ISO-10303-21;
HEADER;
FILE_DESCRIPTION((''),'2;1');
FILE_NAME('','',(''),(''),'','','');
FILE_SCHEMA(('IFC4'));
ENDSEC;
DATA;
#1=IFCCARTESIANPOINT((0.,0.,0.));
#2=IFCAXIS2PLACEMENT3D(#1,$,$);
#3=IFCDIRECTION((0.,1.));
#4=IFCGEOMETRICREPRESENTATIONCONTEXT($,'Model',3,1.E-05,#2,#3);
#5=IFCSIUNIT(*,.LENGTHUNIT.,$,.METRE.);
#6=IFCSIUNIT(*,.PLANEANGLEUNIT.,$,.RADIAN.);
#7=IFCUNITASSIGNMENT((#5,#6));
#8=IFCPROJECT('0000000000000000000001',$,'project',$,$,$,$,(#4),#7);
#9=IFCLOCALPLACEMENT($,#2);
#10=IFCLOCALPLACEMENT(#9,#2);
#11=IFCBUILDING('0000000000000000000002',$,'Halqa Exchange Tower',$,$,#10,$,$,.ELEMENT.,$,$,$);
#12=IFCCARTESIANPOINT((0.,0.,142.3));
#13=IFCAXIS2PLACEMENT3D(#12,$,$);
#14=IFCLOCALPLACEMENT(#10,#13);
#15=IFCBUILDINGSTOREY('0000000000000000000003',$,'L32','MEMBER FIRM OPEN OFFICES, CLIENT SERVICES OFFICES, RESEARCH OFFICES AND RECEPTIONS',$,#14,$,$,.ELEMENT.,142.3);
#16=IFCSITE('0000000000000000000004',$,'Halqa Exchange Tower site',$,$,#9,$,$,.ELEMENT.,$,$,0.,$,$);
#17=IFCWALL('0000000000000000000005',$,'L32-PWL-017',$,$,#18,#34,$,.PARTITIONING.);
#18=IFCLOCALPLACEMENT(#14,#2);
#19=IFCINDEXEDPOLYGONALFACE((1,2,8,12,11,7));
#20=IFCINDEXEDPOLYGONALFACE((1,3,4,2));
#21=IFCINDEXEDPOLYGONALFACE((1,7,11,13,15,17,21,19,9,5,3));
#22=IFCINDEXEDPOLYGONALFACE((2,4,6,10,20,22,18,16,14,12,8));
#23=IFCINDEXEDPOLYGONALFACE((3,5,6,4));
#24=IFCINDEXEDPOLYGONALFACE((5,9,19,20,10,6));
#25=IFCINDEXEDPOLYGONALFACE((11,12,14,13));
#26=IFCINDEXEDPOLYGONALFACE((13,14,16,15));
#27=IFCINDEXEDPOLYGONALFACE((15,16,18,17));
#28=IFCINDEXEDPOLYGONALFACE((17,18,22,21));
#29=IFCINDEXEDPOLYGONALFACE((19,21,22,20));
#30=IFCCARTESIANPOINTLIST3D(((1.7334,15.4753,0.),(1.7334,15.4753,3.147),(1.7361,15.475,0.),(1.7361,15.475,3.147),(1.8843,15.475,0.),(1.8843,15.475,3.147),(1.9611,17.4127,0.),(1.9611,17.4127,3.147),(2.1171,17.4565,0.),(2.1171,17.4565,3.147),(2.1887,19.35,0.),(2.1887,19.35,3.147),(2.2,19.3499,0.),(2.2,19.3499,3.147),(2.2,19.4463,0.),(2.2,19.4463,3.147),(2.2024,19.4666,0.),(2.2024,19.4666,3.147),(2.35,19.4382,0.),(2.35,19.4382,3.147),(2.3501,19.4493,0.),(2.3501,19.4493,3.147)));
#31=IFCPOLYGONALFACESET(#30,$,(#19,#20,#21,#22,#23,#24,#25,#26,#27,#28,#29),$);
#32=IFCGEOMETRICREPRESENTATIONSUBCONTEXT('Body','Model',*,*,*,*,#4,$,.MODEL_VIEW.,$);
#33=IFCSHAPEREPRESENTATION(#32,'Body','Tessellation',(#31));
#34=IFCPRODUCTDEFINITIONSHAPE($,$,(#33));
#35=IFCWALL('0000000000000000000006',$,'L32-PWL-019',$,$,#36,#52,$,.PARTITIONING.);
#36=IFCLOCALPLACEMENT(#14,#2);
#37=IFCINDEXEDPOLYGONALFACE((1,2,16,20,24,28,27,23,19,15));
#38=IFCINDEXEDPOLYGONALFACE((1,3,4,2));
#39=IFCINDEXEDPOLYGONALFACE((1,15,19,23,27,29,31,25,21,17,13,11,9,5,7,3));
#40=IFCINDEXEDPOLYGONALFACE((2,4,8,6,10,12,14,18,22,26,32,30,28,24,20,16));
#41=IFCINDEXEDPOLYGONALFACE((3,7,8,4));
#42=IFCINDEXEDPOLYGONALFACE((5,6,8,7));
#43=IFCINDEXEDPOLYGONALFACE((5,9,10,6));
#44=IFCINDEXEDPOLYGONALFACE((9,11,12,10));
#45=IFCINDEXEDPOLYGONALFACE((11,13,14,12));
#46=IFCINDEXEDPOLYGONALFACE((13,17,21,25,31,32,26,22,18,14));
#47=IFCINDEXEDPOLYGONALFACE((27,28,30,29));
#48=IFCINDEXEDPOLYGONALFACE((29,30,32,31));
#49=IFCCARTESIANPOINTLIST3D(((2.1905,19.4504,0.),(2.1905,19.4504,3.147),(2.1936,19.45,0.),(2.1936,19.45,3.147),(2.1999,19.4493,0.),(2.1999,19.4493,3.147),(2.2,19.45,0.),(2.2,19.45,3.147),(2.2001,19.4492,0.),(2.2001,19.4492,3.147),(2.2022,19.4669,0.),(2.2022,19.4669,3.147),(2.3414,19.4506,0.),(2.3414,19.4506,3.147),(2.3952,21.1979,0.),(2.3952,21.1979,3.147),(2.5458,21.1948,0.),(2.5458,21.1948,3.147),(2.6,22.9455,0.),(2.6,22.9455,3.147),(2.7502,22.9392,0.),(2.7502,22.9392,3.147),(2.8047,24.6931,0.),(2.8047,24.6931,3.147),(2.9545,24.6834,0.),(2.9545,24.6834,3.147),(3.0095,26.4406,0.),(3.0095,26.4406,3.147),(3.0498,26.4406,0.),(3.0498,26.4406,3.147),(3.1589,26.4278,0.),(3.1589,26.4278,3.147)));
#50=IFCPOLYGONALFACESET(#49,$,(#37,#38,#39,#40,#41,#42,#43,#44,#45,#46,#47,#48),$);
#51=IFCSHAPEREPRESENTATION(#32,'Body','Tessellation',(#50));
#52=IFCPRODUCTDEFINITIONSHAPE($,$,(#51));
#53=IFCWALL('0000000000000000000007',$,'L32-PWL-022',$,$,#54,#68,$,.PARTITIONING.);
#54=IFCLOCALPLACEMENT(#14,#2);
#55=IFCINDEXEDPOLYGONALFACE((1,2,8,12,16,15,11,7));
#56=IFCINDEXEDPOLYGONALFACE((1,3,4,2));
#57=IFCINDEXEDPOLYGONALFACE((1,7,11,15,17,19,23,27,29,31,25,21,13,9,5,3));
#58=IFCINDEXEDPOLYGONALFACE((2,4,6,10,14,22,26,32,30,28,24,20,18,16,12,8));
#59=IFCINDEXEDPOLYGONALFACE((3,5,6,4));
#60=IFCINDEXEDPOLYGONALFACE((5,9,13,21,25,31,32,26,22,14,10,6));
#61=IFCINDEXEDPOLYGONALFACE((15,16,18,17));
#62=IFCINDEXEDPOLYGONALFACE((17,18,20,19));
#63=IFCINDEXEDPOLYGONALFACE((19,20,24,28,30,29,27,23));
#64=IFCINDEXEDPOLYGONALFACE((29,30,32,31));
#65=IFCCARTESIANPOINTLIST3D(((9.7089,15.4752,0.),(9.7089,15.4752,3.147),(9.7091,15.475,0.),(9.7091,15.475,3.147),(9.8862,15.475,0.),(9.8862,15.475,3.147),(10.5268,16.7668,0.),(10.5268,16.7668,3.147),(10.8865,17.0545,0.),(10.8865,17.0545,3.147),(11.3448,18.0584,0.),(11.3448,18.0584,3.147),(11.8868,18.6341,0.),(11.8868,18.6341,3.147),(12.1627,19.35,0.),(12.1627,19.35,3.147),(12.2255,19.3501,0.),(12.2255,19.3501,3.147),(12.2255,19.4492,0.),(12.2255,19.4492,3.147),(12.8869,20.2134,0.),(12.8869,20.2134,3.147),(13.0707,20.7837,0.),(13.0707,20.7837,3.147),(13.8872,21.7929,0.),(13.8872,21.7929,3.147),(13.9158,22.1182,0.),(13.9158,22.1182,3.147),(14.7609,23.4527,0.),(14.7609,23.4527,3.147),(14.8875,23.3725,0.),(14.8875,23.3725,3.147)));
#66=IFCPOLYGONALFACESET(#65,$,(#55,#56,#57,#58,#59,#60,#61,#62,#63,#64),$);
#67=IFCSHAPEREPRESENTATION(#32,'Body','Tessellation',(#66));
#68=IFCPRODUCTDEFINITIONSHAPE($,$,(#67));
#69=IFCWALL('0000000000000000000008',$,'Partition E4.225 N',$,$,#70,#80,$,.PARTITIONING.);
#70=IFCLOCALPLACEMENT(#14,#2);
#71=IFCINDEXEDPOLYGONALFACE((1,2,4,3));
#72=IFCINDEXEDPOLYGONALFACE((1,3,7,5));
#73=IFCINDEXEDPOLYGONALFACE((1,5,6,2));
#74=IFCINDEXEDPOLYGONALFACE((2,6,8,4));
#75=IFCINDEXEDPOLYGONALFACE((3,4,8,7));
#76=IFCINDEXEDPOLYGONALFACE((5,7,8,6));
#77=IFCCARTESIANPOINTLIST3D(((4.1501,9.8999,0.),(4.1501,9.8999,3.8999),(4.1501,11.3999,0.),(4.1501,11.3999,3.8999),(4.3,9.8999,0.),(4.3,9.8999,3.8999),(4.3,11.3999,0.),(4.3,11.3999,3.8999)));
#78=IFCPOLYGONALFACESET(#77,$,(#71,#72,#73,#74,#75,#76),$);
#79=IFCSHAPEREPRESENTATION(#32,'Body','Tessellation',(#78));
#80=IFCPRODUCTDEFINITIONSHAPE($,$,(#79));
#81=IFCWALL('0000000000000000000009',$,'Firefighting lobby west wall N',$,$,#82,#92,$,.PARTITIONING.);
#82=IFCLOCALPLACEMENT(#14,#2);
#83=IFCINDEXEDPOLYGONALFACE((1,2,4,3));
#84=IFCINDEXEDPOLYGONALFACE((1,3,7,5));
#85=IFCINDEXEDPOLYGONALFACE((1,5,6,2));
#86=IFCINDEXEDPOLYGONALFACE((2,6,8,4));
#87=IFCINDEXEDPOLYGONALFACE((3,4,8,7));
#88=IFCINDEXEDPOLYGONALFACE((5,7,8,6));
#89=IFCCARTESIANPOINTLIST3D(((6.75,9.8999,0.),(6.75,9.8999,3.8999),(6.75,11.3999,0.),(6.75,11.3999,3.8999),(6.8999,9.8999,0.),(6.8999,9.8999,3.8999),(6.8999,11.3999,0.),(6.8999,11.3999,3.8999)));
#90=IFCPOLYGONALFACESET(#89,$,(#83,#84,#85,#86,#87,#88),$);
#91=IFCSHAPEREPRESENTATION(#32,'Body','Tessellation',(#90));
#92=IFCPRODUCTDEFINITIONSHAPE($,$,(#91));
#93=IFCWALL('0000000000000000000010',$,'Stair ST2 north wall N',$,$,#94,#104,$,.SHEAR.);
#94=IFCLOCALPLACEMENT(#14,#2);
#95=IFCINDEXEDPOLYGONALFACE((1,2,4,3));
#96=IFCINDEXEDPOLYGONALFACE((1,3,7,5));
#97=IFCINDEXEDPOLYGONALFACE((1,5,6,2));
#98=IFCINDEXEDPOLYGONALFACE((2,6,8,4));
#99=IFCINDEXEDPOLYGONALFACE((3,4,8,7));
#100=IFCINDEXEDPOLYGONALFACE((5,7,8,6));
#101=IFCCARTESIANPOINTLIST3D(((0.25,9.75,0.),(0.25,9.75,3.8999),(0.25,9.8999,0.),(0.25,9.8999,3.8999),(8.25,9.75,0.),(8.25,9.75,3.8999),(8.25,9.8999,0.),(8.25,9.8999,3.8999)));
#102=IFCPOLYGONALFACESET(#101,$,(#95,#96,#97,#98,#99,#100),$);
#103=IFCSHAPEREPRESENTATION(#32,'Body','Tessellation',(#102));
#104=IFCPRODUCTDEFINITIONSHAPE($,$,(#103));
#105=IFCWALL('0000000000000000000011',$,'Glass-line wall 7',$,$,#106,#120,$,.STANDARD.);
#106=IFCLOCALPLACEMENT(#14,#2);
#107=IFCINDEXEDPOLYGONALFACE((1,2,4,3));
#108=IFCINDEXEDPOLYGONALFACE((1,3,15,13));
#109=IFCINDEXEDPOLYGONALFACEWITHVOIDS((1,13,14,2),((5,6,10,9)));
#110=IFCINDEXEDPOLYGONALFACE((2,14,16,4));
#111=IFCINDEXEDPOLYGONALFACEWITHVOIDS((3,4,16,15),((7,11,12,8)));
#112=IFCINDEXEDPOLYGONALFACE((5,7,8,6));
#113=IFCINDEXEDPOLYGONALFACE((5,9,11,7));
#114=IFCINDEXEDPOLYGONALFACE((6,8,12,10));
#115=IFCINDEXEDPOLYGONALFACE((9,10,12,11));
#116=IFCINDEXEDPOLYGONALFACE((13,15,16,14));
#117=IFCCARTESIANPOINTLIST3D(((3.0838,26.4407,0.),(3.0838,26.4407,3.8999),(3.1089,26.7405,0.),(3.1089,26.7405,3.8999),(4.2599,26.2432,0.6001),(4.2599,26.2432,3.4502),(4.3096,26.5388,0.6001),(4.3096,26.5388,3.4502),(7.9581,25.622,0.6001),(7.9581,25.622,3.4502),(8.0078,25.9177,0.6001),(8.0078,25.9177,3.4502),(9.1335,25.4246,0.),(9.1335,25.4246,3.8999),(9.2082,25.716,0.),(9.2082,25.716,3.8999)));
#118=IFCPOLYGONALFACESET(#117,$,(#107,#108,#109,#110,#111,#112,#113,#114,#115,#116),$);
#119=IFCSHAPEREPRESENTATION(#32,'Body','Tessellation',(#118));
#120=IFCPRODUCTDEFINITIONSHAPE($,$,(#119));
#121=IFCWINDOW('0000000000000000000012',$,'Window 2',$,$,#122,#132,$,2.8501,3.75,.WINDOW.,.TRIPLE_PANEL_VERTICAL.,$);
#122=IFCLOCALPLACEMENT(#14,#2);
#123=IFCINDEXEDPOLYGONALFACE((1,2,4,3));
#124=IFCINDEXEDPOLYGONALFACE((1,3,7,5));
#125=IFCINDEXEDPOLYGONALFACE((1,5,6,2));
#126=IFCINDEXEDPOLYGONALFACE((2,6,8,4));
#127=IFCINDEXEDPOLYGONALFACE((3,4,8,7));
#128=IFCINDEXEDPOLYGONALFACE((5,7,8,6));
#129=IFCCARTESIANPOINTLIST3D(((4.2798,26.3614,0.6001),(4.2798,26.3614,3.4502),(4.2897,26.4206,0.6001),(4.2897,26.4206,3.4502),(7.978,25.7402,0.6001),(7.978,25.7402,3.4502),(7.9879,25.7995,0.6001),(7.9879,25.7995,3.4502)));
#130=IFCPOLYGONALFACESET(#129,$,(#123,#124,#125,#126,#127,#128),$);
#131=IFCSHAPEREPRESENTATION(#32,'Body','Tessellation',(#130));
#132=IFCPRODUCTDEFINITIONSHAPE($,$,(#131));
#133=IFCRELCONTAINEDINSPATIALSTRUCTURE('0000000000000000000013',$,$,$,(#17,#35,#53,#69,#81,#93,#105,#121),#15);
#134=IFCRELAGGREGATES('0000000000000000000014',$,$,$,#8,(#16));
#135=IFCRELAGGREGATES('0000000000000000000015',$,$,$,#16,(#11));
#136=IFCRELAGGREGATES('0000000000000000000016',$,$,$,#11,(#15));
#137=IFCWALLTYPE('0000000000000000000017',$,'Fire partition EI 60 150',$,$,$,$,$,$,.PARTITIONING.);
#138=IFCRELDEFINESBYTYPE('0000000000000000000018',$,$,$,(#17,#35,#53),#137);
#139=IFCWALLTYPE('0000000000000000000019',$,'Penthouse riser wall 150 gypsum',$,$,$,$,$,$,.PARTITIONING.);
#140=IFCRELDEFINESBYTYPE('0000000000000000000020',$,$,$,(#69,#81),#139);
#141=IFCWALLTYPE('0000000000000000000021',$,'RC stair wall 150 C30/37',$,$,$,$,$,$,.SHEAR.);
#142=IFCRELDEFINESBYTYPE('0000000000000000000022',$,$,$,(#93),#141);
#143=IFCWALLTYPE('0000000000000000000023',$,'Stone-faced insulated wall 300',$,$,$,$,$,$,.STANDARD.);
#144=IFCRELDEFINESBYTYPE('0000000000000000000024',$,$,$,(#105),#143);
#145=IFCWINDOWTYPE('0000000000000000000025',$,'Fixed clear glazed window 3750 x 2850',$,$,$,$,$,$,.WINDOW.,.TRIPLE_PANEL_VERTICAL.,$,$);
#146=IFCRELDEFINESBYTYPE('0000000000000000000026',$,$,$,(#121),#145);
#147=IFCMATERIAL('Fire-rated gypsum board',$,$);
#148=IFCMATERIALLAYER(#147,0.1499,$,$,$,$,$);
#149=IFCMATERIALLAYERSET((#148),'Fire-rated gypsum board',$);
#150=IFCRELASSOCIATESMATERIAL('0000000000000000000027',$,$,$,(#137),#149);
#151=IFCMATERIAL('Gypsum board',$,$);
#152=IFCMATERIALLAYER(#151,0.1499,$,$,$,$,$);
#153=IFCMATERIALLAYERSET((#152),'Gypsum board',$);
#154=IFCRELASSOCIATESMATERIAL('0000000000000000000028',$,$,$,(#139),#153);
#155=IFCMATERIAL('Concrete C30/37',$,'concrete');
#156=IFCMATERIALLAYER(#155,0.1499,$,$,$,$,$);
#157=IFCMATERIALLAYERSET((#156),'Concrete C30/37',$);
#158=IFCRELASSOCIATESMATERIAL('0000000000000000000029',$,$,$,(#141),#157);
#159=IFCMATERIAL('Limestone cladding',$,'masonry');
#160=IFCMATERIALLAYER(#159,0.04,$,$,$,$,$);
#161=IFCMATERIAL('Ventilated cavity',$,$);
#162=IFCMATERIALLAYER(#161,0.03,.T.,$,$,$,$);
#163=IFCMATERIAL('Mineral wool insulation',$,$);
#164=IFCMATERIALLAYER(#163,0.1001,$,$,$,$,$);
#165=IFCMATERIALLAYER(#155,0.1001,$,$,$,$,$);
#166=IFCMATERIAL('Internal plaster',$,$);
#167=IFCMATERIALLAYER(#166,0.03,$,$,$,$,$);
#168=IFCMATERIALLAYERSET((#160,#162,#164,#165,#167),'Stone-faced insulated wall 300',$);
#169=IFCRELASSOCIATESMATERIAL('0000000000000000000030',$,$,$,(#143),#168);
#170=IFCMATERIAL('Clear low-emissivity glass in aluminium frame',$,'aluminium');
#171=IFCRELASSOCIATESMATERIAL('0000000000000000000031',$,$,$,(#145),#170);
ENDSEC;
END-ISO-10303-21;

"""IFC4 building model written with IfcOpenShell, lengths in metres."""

from ifc_helpers import new_model, si_unit, direction, frame, frame_2d, origin, place, context, subcontext, project, spatial, polyline, rectangle, outline, extrude, material, layer, layer_set, type_object, element, fill, save


model = new_model("IFC4")

# Units and contexts
model_context = context("Model", 3, precision=1e-05, world=origin(), true_north=direction((0.0, 1.0)))
body_context = subcontext(model_context, "Body", "Model", "MODEL_VIEW")
ifc_project = project(units=[si_unit("LENGTHUNIT", "METRE"), si_unit("PLANEANGLEUNIT", "RADIAN")], contexts=[model_context])

# Site, building, storey
site_placement = place(None, origin())
site = spatial("IfcSite", under=ifc_project, at=site_placement, Name="Halqa Exchange Tower site", CompositionType="ELEMENT", RefElevation=0.0)
building_placement = place(site_placement, origin())
building = spatial("IfcBuilding", under=site, at=building_placement, Name="Halqa Exchange Tower", CompositionType="ELEMENT")
storey_placement = place(building_placement, frame((0.0, 0.0, 142.3)))
storey = spatial("IfcBuildingStorey", under=building, at=storey_placement, Name="L32", Description="MEMBER FIRM OPEN OFFICES, CLIENT SERVICES OFFICES, RESEARCH OFFICES AND RECEPTIONS", CompositionType="ELEMENT", Elevation=142.3)

# Walls
ifc_material_1 = material(Name="Fire-rated gypsum board")
ifc_layer_1 = layer(ifc_material_1, 0.1499)
ifc_layer_set_1 = layer_set([ifc_layer_1], Name="Fire-rated gypsum board")
wall_type_1 = type_object("IfcWallType", Name="Fire partition EI 60 150", PredefinedType="PARTITIONING", material=ifc_layer_set_1)
wall_1_placement = place(storey_placement, frame((1.8079, 15.4666, 0.0), z_axis=(0.0, 0.0, 1.0), x_axis=(0.116697, 0.993168, 0.0)))
element("IfcWall", 1, at=wall_1_placement, inside=storey, type_object=wall_type_1, Name="L32-PWL-017", PredefinedType="PARTITIONING", context=body_context, shape_type="SweptSolid", body=[
    extrude(outline(polyline([(0.0173, -0.075), (2.0125, -0.075), (4.0078, -0.075), (4.0188, -0.0737), (4.0188, 0.075), (3.9983, 0.075), (3.9026, 0.0637), (3.9014, 0.075), (1.9507, 0.075), (0.0, 0.075), (0.0, 0.0723), (0.0173, -0.075)])), origin(), (0.0, 0.0, 1.0), 3.147),
])
wall_2_placement = place(storey_placement, frame((2.2649, 19.4417, 0.0), z_axis=(0.0, 0.0, 1.0), x_axis=(0.116373, 0.993206, 0.0)))
element("IfcWall", 2, at=wall_2_placement, inside=storey, type_object=wall_type_1, Name="L32-PWL-019", PredefinedType="PARTITIONING", context=body_context, shape_type="SweptSolid", body=[
    extrude(outline(polyline([(7.0427, -0.075), (7.0427, 0.0349), (7.0381, 0.075), (5.2786, 0.075), (3.519, 0.075), (1.7595, 0.075), (0.0, 0.075), (0.0, 0.0718), (0.0007, 0.0654), (0.0, 0.0654), (0.0, 0.0652), (0.0178, 0.0652), (0.0178, -0.075), (1.7739, -0.075), (3.5303, -0.075), (5.2864, -0.075), (7.0427, -0.075)])), origin(), (0.0, 0.0, 1.0), 3.147),
])
wall_3_placement = place(storey_placement, frame((9.7722, 15.4351, 0.0), z_axis=(0.0, 0.0, 1.0), x_axis=(0.535019, 0.84484, 0.0)))
element("IfcWall", 3, at=wall_3_placement, inside=storey, type_object=wall_type_1, Name="L32-PWL-022", PredefinedType="PARTITIONING", context=body_context, shape_type="SweptSolid", body=[
    extrude(outline(polyline([(9.4426, 0.075), (7.863, 0.075), (6.2834, 0.075), (4.7039, 0.075), (4.6201, 0.022), (4.5864, 0.075), (3.0576, 0.075), (1.5288, 0.075), (0.0, 0.075), (0.0, 0.0747), (0.0947, -0.075), (1.9644, -0.075), (3.834, -0.075), (5.7034, -0.075), (7.573, -0.075), (9.4426, -0.075), (9.4426, 0.075)])), origin(), (0.0, 0.0, 1.0), 3.147),
])

# Shared definitions
ifc_material_2 = material(Name="Gypsum board")

# Walls
ifc_layer_2 = layer(ifc_material_2, 0.1499)
ifc_layer_set_2 = layer_set([ifc_layer_2], Name="Gypsum board")
wall_type_2 = type_object("IfcWallType", Name="Penthouse riser wall 150 gypsum", PredefinedType="PARTITIONING", material=ifc_layer_set_2)
for number, where, z_axis, x_axis, name in (
    (4, (4.2251, 9.8999, 0.0), (0.0, 0.0, 1.0), (0.0, 1.0, 0.0), "Partition E4.225 N"),
    (5, (6.825, 9.8999, 0.0), (0.0, 0.0, 1.0), (0.0, 1.0, 0.0), "Firefighting lobby west wall N"),
):
    element("IfcWall", number, at=place(storey_placement, frame(where, z_axis=z_axis, x_axis=x_axis)), inside=storey, type_object=wall_type_2, Name=name, PredefinedType="PARTITIONING", context=body_context, shape_type="SweptSolid", body=[
        extrude(rectangle(XDim=1.5, YDim=0.1499, at=frame_2d((0.75, 0.0))), origin(), (0.0, 0.0, 1.0), 3.8999),
    ])
ifc_material_3 = material(Name="Concrete C30/37", Category="concrete")
ifc_layer_3 = layer(ifc_material_3, 0.1499)
ifc_layer_set_3 = layer_set([ifc_layer_3], Name="Concrete C30/37")
wall_type_3 = type_object("IfcWallType", Name="RC stair wall 150 C30/37", PredefinedType="SHEAR", material=ifc_layer_set_3)
wall_4_placement = place(storey_placement, frame((0.25, 9.825, 0.0), z_axis=(0.0, 0.0, 1.0), x_axis=(1.0, 0.0, 0.0)))
element("IfcWall", 6, at=wall_4_placement, inside=storey, type_object=wall_type_3, Name="Stair ST2 north wall N", PredefinedType="SHEAR", context=body_context, shape_type="SweptSolid", body=[
    extrude(rectangle(XDim=8.0, YDim=0.1499, at=frame_2d((4.0, 0.0))), origin(), (0.0, 0.0, 1.0), 3.8999),
])

# Wall, opening, window
ifc_material_4 = material(Name="Limestone cladding", Category="masonry")
ifc_layer_4 = layer(ifc_material_4, 0.04)
ifc_material_5 = material(Name="Ventilated cavity")
ifc_layer_5 = layer(ifc_material_5, 0.03, ventilated=True)
ifc_material_6 = material(Name="Mineral wool insulation")
ifc_layer_6 = layer(ifc_material_6, 0.1001)
ifc_layer_7 = layer(ifc_material_3, 0.1001)
ifc_material_7 = material(Name="Internal plaster")
ifc_layer_8 = layer(ifc_material_7, 0.03)
ifc_layer_set_4 = layer_set([ifc_layer_4, ifc_layer_5, ifc_layer_6, ifc_layer_7, ifc_layer_8], Name="Stone-faced insulated wall 300")
wall_type_4 = type_object("IfcWallType", Name="Stone-faced insulated wall 300", PredefinedType="STANDARD", material=ifc_layer_set_4)
wall_5_placement = place(storey_placement, frame((9.1709, 25.5703, 0.0), z_axis=(0.0, 0.0, 1.0), x_axis=(-0.986186, 0.165639, 0.0)))
wall_5 = element("IfcWall", 7, at=wall_5_placement, inside=storey, type_object=wall_type_4, Name="Glass-line wall 7", PredefinedType="STANDARD", context=body_context, shape_type="SweptSolid", body=[
    extrude(outline(polyline([(-0.0127, -0.1499), (6.1721, -0.1499), (6.1472, 0.1499), (0.0127, 0.1499), (-0.0127, -0.1499)])), origin(), (0.0, 0.0, 1.0), 3.8999),
])
opening_1_placement = place(wall_5_placement, frame((1.2046, 0.0, 0.6001)))
opening_1 = element("IfcOpeningElement", 8, at=opening_1_placement, cuts=wall_5, PredefinedType="OPENING", context=body_context, shape_type="SweptSolid", body=[
    extrude(rectangle(XDim=3.75, YDim=2.8501, at=frame_2d((1.875, 1.425))), frame((0.0, 0.1621, 0.0), z_axis=(0.0, -1.0, 0.0), x_axis=(1.0, 0.0, 0.0)), (0.0, 0.0, 1.0), 0.324),
])
ifc_material_8 = material(Name="Clear low-emissivity glass in aluminium frame", Category="aluminium")
window_type = type_object("IfcWindowType", Name="Fixed clear glazed window 3750 x 2850", PartitioningType="TRIPLE_PANEL_VERTICAL", PredefinedType="WINDOW", material=ifc_material_8)
window_placement = place(opening_1_placement, origin())
window = element("IfcWindow", 9, at=window_placement, inside=storey, type_object=window_type, Name="Window 2", OverallHeight=2.8501, OverallWidth=3.75, PartitioningType="TRIPLE_PANEL_VERTICAL", PredefinedType="WINDOW", context=body_context, shape_type="SweptSolid", body=[
    extrude(rectangle(XDim=3.75, YDim=2.8501, at=frame_2d((1.875, 1.425))), frame((0.0, 0.03, 0.0), z_axis=(0.0, -1.0, 0.0), x_axis=(1.0, 0.0, 0.0)), (0.0, 0.0, 1.0), 0.0601),
])
fill(opening_1, window)

save(model, "model.ifc")
